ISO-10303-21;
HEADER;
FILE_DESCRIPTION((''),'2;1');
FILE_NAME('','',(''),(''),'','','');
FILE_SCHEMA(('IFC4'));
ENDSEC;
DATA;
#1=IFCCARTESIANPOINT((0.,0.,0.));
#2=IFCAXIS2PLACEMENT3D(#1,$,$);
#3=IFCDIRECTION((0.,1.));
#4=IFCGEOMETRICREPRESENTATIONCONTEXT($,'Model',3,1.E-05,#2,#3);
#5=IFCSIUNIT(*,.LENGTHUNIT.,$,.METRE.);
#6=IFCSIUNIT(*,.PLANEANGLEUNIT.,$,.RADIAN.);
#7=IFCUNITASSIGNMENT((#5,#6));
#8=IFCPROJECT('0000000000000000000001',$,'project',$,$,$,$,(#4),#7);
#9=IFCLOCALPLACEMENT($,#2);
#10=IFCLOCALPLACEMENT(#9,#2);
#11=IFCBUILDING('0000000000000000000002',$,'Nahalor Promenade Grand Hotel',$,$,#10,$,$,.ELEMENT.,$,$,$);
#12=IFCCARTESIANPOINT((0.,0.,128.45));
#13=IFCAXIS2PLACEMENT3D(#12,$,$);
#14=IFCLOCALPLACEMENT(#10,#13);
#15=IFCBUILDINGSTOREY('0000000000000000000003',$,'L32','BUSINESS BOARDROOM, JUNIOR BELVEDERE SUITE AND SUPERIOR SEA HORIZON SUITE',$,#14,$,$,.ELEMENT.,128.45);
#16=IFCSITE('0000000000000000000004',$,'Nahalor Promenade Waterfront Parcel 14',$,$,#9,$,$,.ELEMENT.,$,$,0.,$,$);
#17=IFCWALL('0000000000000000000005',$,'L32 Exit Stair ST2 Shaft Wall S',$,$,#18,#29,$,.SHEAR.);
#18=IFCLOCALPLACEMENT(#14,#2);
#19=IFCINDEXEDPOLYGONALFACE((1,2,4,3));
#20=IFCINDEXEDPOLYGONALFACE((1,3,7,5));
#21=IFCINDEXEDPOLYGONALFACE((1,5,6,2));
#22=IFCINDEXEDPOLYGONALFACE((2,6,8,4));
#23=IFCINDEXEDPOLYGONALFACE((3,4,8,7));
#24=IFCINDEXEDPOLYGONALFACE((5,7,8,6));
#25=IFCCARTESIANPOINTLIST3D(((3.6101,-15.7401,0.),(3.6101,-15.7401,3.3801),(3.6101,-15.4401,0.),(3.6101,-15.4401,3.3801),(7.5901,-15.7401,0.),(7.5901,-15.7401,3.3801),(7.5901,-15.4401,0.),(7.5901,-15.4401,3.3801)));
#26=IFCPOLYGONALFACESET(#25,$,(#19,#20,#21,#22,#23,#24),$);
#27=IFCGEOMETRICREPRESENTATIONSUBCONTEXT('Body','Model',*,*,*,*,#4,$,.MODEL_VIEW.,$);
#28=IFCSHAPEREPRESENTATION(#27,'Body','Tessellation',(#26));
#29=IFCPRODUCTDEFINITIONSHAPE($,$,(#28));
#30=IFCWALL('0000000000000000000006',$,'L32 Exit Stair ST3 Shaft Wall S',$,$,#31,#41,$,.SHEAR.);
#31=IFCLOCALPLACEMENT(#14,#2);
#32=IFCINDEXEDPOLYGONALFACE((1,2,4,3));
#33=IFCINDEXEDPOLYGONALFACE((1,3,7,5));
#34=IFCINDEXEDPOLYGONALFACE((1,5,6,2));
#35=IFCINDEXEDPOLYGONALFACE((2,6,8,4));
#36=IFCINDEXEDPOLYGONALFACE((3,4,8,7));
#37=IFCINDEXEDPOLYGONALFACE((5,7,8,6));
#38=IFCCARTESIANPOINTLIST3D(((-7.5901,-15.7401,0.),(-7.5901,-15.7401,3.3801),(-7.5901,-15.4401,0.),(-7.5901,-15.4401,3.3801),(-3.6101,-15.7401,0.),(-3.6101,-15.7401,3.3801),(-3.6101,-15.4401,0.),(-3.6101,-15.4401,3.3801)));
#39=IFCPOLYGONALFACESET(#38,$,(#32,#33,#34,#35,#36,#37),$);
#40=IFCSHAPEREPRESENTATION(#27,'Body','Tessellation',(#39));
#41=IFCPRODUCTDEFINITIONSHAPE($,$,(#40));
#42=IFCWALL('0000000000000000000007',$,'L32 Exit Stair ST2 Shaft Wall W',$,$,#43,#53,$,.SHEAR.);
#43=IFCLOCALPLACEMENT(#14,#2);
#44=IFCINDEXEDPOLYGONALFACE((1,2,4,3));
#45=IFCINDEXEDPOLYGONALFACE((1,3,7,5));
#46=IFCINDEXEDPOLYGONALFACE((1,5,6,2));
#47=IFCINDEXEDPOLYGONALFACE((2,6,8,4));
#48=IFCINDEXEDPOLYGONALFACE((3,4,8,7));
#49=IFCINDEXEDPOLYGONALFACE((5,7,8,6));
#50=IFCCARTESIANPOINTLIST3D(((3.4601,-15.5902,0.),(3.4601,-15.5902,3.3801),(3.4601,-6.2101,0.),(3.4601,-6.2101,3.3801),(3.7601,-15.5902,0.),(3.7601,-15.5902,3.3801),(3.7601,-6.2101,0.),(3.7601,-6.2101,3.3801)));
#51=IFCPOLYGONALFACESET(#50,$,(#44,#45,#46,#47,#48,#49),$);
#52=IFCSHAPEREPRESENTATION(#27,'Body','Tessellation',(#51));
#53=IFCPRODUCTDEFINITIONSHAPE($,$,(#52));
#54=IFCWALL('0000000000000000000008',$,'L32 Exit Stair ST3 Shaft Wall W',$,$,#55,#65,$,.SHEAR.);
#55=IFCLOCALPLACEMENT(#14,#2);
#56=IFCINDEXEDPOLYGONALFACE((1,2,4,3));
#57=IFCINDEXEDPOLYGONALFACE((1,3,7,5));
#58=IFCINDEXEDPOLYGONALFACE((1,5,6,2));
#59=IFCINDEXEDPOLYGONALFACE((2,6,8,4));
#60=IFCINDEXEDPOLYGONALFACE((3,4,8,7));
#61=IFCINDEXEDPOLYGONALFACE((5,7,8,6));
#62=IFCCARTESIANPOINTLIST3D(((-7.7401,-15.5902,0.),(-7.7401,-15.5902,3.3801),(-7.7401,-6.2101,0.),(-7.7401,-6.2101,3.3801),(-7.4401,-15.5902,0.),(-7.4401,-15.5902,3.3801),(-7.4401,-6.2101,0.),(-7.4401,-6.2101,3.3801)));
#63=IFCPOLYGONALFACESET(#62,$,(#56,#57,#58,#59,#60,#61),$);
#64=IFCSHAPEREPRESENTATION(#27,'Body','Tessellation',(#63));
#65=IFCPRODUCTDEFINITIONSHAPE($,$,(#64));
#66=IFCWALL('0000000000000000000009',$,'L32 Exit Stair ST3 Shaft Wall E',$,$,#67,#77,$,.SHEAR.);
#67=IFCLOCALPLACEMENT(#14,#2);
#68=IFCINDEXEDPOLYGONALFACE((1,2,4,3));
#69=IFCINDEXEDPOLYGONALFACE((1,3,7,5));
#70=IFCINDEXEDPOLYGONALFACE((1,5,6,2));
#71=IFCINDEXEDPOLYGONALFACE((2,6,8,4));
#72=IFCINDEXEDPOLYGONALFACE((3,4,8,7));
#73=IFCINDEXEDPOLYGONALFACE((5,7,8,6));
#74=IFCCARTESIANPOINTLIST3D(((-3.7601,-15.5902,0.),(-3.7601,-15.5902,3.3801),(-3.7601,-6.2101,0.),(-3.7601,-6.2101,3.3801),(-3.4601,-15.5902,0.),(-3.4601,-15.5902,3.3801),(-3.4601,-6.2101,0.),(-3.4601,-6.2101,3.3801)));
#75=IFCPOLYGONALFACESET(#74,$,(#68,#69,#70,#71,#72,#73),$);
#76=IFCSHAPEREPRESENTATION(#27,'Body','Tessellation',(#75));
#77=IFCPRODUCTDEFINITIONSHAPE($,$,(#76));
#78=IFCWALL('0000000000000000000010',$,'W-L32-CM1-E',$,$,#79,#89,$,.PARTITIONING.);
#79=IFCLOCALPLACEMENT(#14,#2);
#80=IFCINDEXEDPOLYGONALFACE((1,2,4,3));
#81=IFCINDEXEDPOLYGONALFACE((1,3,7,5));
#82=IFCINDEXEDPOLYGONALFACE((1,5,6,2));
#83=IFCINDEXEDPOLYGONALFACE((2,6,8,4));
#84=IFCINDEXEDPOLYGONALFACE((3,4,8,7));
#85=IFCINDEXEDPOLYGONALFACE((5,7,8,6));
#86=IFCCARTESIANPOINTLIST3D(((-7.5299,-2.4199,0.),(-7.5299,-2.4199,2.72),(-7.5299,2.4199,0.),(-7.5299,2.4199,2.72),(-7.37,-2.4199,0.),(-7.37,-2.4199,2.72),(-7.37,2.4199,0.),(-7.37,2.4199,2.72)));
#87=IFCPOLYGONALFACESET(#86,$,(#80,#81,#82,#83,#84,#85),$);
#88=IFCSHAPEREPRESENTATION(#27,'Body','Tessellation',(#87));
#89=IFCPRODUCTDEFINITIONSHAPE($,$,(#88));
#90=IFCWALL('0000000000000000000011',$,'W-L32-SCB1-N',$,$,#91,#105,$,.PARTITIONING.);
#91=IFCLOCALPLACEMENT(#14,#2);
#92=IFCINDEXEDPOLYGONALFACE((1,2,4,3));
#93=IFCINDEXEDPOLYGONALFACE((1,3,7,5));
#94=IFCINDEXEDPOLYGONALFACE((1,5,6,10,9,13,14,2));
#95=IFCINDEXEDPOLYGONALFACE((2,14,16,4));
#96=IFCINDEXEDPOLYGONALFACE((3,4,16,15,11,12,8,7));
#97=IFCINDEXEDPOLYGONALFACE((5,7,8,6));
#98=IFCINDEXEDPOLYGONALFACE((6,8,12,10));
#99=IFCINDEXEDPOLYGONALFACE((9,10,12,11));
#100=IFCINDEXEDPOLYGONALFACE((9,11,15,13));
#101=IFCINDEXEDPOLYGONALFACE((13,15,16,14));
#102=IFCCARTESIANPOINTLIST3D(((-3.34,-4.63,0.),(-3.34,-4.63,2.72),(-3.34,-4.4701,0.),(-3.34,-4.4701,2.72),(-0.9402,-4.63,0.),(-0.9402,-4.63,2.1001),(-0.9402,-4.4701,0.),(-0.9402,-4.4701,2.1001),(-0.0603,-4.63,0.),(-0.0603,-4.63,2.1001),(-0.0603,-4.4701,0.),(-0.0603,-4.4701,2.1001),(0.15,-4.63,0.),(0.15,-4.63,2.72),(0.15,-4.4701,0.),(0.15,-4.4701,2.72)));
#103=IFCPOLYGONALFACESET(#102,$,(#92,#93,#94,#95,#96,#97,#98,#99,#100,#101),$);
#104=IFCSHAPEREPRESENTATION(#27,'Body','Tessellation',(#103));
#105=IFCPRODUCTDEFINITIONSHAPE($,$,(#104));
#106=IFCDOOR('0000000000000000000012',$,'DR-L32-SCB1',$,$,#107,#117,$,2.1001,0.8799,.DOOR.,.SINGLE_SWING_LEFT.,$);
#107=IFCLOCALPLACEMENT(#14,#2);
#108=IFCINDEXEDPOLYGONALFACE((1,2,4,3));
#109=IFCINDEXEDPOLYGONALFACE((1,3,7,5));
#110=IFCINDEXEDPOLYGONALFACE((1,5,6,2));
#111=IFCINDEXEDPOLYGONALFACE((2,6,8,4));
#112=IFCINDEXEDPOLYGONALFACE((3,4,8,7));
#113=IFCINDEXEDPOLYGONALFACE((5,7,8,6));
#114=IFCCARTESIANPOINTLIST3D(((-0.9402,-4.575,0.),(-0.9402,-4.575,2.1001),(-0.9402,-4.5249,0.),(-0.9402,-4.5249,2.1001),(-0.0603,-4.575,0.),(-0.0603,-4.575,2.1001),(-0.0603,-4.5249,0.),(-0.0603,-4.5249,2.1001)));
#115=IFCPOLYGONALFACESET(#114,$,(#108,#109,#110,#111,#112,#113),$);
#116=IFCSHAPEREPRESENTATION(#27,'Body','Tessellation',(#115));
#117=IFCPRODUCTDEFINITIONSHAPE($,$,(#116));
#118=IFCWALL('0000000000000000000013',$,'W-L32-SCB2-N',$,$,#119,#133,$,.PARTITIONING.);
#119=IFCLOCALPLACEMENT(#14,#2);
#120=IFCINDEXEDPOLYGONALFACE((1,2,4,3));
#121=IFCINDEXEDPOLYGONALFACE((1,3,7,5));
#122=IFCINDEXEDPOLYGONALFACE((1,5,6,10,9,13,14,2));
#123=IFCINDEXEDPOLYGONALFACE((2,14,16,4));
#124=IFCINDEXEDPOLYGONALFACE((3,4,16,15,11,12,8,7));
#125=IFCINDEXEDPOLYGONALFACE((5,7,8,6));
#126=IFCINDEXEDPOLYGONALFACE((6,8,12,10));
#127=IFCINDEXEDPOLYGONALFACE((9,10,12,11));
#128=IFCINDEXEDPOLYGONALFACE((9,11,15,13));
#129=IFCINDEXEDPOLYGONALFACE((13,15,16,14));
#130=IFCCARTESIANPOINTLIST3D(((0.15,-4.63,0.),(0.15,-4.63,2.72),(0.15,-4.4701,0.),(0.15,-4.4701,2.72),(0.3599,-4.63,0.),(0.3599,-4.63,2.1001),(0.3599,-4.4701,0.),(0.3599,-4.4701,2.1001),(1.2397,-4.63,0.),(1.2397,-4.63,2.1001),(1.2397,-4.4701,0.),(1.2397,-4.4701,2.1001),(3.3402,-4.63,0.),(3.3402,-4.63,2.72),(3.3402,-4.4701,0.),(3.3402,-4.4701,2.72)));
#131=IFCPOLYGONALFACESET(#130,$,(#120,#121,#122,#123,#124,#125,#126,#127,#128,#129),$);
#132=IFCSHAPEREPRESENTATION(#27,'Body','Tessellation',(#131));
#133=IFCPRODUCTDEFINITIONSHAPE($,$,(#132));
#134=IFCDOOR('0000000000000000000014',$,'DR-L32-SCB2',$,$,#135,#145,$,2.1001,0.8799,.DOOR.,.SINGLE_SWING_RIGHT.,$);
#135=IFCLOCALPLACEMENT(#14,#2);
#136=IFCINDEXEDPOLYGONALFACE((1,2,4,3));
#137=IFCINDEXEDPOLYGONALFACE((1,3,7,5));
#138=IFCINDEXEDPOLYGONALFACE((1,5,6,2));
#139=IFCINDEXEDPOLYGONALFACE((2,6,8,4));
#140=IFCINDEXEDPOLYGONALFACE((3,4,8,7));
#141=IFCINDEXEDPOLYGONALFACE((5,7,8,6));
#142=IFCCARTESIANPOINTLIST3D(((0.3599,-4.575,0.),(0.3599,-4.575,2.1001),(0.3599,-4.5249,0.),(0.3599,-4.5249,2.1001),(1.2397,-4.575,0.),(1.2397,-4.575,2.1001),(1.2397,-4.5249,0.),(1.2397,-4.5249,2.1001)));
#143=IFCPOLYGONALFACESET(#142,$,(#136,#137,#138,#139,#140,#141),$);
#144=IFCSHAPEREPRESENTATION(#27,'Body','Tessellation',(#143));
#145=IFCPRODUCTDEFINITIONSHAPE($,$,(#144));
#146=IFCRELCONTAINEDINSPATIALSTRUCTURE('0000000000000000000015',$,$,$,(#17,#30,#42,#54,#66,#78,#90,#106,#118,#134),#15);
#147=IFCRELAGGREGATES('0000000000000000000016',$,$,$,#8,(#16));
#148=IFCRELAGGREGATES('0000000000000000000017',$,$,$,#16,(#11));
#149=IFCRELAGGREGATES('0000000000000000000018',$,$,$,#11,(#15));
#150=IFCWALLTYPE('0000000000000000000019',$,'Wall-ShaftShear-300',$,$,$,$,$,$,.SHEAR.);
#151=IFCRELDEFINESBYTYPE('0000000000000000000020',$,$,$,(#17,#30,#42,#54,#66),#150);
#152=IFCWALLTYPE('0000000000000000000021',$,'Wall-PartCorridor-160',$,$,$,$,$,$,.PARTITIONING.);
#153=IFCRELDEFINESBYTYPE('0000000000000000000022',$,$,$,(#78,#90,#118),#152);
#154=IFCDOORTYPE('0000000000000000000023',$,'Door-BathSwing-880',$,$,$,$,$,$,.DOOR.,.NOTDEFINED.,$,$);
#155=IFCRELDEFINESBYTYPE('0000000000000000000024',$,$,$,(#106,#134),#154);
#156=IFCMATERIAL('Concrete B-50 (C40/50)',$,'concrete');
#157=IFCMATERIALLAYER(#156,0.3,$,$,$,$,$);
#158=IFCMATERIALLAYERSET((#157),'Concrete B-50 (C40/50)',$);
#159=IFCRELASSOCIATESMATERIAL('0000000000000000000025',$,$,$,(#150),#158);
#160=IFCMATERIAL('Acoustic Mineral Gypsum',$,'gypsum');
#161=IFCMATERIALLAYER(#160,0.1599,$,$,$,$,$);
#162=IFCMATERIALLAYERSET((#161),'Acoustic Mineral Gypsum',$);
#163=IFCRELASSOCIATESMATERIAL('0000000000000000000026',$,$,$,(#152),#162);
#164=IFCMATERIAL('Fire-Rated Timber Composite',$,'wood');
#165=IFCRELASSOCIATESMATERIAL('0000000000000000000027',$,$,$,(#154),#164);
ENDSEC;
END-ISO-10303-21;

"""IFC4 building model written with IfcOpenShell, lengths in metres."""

from ifc_helpers import new_model, si_unit, direction, frame, frame_2d, origin, place, context, subcontext, project, spatial, rectangle, extrude, source, transform, mapped, material, layer, layer_set, type_object, element, fill, save


model = new_model("IFC4")

# Units and contexts
model_context = context("Model", 3, precision=1e-05, world=origin(), true_north=direction((0.0, 1.0)))
body_context = subcontext(model_context, "Body", "Model", "MODEL_VIEW")
ifc_project = project(units=[si_unit("LENGTHUNIT", "METRE"), si_unit("PLANEANGLEUNIT", "RADIAN")], contexts=[model_context])

# Site, building, storey
site_placement = place(None, origin())
site = spatial("IfcSite", under=ifc_project, at=site_placement, Name="Nahalor Promenade Waterfront Parcel 14", CompositionType="ELEMENT", RefElevation=0.0)
building_placement = place(site_placement, origin())
building = spatial("IfcBuilding", under=site, at=building_placement, Name="Nahalor Promenade Grand Hotel", CompositionType="ELEMENT")
storey_placement = place(building_placement, frame((0.0, 0.0, 128.45)))
storey = spatial("IfcBuildingStorey", under=building, at=storey_placement, Name="L32", Description="BUSINESS BOARDROOM, JUNIOR BELVEDERE SUITE AND SUPERIOR SEA HORIZON SUITE", CompositionType="ELEMENT", Elevation=128.45)

# Walls
ifc_material_1 = material(Name="Concrete B-50 (C40/50)", Category="concrete")
ifc_layer_1 = layer(ifc_material_1, 0.3)
ifc_layer_set_1 = layer_set([ifc_layer_1], Name="Concrete B-50 (C40/50)")
wall_type_1 = type_object("IfcWallType", Name="Wall-ShaftShear-300", PredefinedType="SHEAR", material=ifc_layer_set_1)
shared_shape_1 = source(origin(), body_context, "Body", "SweptSolid", [
    extrude(rectangle(XDim=3.98, YDim=0.3, at=frame_2d((1.99, 0.0))), origin(), (0.0, 0.0, 1.0), 3.3801),
])
for number, where, z_axis, x_axis, name in (
    (1, (3.6101, -15.5901, 0.0), (0.0, 0.0, 1.0), (1.0, 0.0, 0.0), "L32 Exit Stair ST2 Shaft Wall S"),
    (2, (-7.5901, -15.5901, 0.0), (0.0, 0.0, 1.0), (1.0, 0.0, 0.0), "L32 Exit Stair ST3 Shaft Wall S"),
):
    element("IfcWall", number, at=place(storey_placement, frame(where, z_axis=z_axis, x_axis=x_axis)), inside=storey, type_object=wall_type_1, Name=name, PredefinedType="SHEAR", context=body_context, shape_type="MappedRepresentation", body=[
        mapped(shared_shape_1, transform((0.0, 0.0, 0.0), scale=1.0)),
    ])

# Walls
shared_shape_2 = source(origin(), body_context, "Body", "SweptSolid", [
    extrude(rectangle(XDim=9.3801, YDim=0.3, at=frame_2d((4.6899, 0.0))), origin(), (0.0, 0.0, 1.0), 3.3801),
])
for number, where, z_axis, x_axis, name in (
    (3, (3.6101, -15.5901, 0.0), (0.0, 0.0, 1.0), (0.0, 1.0, 0.0), "L32 Exit Stair ST2 Shaft Wall W"),
    (4, (-7.5901, -15.5901, 0.0), (0.0, 0.0, 1.0), (0.0, 1.0, 0.0), "L32 Exit Stair ST3 Shaft Wall W"),
    (5, (-3.6101, -15.5901, 0.0), (0.0, 0.0, 1.0), (0.0, 1.0, 0.0), "L32 Exit Stair ST3 Shaft Wall E"),
):
    element("IfcWall", number, at=place(storey_placement, frame(where, z_axis=z_axis, x_axis=x_axis)), inside=storey, type_object=wall_type_1, Name=name, PredefinedType="SHEAR", context=body_context, shape_type="MappedRepresentation", body=[
        mapped(shared_shape_2, transform((0.0, 0.0, 0.0), scale=1.0)),
    ])
ifc_material_2 = material(Name="Acoustic Mineral Gypsum", Category="gypsum")
ifc_layer_2 = layer(ifc_material_2, 0.1599)
ifc_layer_set_2 = layer_set([ifc_layer_2], Name="Acoustic Mineral Gypsum")
wall_type_2 = type_object("IfcWallType", Name="Wall-PartCorridor-160", PredefinedType="PARTITIONING", material=ifc_layer_set_2)
shared_shape_3 = source(origin(), body_context, "Body", "SweptSolid", [
    extrude(rectangle(XDim=4.8398, YDim=0.1599, at=frame_2d((2.4199, 0.0))), origin(), (0.0, 0.0, 1.0), 2.72),
])
wall_1_placement = place(storey_placement, frame((-7.45, -2.4199, 0.0), z_axis=(0.0, 0.0, 1.0), x_axis=(0.0, 1.0, 0.0)))
element("IfcWall", 6, at=wall_1_placement, inside=storey, type_object=wall_type_2, Name="W-L32-CM1-E", PredefinedType="PARTITIONING", context=body_context, shape_type="MappedRepresentation", body=[
    mapped(shared_shape_3, transform((0.0, 0.0, 0.0), scale=1.0)),
])

# Walls, openings, doors
shared_shape_4 = source(origin(), body_context, "Body", "SweptSolid", [
    extrude(rectangle(XDim=3.49, YDim=0.1599, at=frame_2d((1.7451, 0.0))), origin(), (0.0, 0.0, 1.0), 2.72),
])
wall_2_placement = place(storey_placement, frame((-3.3401, -4.55, 0.0), z_axis=(0.0, 0.0, 1.0), x_axis=(1.0, 0.0, 0.0)))
wall_2 = element("IfcWall", 7, at=wall_2_placement, inside=storey, type_object=wall_type_2, Name="W-L32-SCB1-N", PredefinedType="PARTITIONING", context=body_context, shape_type="MappedRepresentation", body=[
    mapped(shared_shape_4, transform((0.0, 0.0, 0.0), scale=1.0)),
])
opening_1_placement = place(wall_2_placement, frame((2.3999, 0.0, 0.0)))
opening_1 = element("IfcOpeningElement", 8, at=opening_1_placement, cuts=wall_2, PredefinedType="OPENING", context=body_context, shape_type="SweptSolid", body=[
    extrude(rectangle(XDim=0.8799, YDim=2.1001, at=frame_2d((0.4399, 1.05))), frame((0.0, 0.0898, 0.0), z_axis=(0.0, -1.0, 0.0), x_axis=(1.0, 0.0, 0.0)), (0.0, 0.0, 1.0), 0.1799),
])
ifc_material_3 = material(Name="Fire-Rated Timber Composite", Category="wood")
door_type_1 = type_object("IfcDoorType", Name="Door-BathSwing-880", OperationType="NOTDEFINED", PredefinedType="DOOR", material=ifc_material_3)
shared_shape_5 = source(origin(), body_context, "Body", "SweptSolid", [
    extrude(rectangle(XDim=0.8799, YDim=2.1001, at=frame_2d((0.4399, 1.05))), frame((0.0, 0.0249, 0.0), z_axis=(0.0, -1.0, 0.0), x_axis=(1.0, 0.0, 0.0)), (0.0, 0.0, 1.0), 0.05),
])
door_1_placement = place(opening_1_placement, frame((0.8799, 0.0, 0.0), z_axis=(0.0, 0.0, 1.0), x_axis=(-1.0, 0.0, 0.0)))
door_1 = element("IfcDoor", 9, at=door_1_placement, inside=storey, type_object=door_type_1, Name="DR-L32-SCB1", OperationType="SINGLE_SWING_LEFT", OverallHeight=2.1001, OverallWidth=0.8799, PredefinedType="DOOR", context=body_context, shape_type="MappedRepresentation", body=[
    mapped(shared_shape_5, transform((0.0, 0.0, 0.0), scale=1.0)),
])
fill(opening_1, door_1)
shared_shape_6 = source(origin(), body_context, "Body", "SweptSolid", [
    extrude(rectangle(XDim=3.1902, YDim=0.1599, at=frame_2d((1.5952, 0.0))), origin(), (0.0, 0.0, 1.0), 2.72),
])
wall_3_placement = place(storey_placement, frame((0.1499, -4.55, 0.0), z_axis=(0.0, 0.0, 1.0), x_axis=(1.0, 0.0, 0.0)))
wall_3 = element("IfcWall", 10, at=wall_3_placement, inside=storey, type_object=wall_type_2, Name="W-L32-SCB2-N", PredefinedType="PARTITIONING", context=body_context, shape_type="MappedRepresentation", body=[
    mapped(shared_shape_6, transform((0.0, 0.0, 0.0), scale=1.0)),
])
opening_2_placement = place(wall_3_placement, frame((0.21, 0.0, 0.0)))
opening_2 = element("IfcOpeningElement", 11, at=opening_2_placement, cuts=wall_3, PredefinedType="OPENING", context=body_context, shape_type="SweptSolid", body=[
    extrude(rectangle(XDim=0.8799, YDim=2.1001, at=frame_2d((0.4399, 1.05))), frame((0.0, 0.0898, 0.0), z_axis=(0.0, -1.0, 0.0), x_axis=(1.0, 0.0, 0.0)), (0.0, 0.0, 1.0), 0.1799),
])
door_2_placement = place(opening_2_placement, frame((0.8799, 0.0, 0.0), z_axis=(0.0, 0.0, 1.0), x_axis=(-1.0, 0.0, 0.0)))
door_2 = element("IfcDoor", 12, at=door_2_placement, inside=storey, type_object=door_type_1, Name="DR-L32-SCB2", OperationType="SINGLE_SWING_RIGHT", OverallHeight=2.1001, OverallWidth=0.8799, PredefinedType="DOOR", context=body_context, shape_type="MappedRepresentation", body=[
    mapped(shared_shape_5, transform((0.0, 0.0, 0.0), scale=1.0)),
])
fill(opening_2, door_2)

save(model, "model.ifc")
